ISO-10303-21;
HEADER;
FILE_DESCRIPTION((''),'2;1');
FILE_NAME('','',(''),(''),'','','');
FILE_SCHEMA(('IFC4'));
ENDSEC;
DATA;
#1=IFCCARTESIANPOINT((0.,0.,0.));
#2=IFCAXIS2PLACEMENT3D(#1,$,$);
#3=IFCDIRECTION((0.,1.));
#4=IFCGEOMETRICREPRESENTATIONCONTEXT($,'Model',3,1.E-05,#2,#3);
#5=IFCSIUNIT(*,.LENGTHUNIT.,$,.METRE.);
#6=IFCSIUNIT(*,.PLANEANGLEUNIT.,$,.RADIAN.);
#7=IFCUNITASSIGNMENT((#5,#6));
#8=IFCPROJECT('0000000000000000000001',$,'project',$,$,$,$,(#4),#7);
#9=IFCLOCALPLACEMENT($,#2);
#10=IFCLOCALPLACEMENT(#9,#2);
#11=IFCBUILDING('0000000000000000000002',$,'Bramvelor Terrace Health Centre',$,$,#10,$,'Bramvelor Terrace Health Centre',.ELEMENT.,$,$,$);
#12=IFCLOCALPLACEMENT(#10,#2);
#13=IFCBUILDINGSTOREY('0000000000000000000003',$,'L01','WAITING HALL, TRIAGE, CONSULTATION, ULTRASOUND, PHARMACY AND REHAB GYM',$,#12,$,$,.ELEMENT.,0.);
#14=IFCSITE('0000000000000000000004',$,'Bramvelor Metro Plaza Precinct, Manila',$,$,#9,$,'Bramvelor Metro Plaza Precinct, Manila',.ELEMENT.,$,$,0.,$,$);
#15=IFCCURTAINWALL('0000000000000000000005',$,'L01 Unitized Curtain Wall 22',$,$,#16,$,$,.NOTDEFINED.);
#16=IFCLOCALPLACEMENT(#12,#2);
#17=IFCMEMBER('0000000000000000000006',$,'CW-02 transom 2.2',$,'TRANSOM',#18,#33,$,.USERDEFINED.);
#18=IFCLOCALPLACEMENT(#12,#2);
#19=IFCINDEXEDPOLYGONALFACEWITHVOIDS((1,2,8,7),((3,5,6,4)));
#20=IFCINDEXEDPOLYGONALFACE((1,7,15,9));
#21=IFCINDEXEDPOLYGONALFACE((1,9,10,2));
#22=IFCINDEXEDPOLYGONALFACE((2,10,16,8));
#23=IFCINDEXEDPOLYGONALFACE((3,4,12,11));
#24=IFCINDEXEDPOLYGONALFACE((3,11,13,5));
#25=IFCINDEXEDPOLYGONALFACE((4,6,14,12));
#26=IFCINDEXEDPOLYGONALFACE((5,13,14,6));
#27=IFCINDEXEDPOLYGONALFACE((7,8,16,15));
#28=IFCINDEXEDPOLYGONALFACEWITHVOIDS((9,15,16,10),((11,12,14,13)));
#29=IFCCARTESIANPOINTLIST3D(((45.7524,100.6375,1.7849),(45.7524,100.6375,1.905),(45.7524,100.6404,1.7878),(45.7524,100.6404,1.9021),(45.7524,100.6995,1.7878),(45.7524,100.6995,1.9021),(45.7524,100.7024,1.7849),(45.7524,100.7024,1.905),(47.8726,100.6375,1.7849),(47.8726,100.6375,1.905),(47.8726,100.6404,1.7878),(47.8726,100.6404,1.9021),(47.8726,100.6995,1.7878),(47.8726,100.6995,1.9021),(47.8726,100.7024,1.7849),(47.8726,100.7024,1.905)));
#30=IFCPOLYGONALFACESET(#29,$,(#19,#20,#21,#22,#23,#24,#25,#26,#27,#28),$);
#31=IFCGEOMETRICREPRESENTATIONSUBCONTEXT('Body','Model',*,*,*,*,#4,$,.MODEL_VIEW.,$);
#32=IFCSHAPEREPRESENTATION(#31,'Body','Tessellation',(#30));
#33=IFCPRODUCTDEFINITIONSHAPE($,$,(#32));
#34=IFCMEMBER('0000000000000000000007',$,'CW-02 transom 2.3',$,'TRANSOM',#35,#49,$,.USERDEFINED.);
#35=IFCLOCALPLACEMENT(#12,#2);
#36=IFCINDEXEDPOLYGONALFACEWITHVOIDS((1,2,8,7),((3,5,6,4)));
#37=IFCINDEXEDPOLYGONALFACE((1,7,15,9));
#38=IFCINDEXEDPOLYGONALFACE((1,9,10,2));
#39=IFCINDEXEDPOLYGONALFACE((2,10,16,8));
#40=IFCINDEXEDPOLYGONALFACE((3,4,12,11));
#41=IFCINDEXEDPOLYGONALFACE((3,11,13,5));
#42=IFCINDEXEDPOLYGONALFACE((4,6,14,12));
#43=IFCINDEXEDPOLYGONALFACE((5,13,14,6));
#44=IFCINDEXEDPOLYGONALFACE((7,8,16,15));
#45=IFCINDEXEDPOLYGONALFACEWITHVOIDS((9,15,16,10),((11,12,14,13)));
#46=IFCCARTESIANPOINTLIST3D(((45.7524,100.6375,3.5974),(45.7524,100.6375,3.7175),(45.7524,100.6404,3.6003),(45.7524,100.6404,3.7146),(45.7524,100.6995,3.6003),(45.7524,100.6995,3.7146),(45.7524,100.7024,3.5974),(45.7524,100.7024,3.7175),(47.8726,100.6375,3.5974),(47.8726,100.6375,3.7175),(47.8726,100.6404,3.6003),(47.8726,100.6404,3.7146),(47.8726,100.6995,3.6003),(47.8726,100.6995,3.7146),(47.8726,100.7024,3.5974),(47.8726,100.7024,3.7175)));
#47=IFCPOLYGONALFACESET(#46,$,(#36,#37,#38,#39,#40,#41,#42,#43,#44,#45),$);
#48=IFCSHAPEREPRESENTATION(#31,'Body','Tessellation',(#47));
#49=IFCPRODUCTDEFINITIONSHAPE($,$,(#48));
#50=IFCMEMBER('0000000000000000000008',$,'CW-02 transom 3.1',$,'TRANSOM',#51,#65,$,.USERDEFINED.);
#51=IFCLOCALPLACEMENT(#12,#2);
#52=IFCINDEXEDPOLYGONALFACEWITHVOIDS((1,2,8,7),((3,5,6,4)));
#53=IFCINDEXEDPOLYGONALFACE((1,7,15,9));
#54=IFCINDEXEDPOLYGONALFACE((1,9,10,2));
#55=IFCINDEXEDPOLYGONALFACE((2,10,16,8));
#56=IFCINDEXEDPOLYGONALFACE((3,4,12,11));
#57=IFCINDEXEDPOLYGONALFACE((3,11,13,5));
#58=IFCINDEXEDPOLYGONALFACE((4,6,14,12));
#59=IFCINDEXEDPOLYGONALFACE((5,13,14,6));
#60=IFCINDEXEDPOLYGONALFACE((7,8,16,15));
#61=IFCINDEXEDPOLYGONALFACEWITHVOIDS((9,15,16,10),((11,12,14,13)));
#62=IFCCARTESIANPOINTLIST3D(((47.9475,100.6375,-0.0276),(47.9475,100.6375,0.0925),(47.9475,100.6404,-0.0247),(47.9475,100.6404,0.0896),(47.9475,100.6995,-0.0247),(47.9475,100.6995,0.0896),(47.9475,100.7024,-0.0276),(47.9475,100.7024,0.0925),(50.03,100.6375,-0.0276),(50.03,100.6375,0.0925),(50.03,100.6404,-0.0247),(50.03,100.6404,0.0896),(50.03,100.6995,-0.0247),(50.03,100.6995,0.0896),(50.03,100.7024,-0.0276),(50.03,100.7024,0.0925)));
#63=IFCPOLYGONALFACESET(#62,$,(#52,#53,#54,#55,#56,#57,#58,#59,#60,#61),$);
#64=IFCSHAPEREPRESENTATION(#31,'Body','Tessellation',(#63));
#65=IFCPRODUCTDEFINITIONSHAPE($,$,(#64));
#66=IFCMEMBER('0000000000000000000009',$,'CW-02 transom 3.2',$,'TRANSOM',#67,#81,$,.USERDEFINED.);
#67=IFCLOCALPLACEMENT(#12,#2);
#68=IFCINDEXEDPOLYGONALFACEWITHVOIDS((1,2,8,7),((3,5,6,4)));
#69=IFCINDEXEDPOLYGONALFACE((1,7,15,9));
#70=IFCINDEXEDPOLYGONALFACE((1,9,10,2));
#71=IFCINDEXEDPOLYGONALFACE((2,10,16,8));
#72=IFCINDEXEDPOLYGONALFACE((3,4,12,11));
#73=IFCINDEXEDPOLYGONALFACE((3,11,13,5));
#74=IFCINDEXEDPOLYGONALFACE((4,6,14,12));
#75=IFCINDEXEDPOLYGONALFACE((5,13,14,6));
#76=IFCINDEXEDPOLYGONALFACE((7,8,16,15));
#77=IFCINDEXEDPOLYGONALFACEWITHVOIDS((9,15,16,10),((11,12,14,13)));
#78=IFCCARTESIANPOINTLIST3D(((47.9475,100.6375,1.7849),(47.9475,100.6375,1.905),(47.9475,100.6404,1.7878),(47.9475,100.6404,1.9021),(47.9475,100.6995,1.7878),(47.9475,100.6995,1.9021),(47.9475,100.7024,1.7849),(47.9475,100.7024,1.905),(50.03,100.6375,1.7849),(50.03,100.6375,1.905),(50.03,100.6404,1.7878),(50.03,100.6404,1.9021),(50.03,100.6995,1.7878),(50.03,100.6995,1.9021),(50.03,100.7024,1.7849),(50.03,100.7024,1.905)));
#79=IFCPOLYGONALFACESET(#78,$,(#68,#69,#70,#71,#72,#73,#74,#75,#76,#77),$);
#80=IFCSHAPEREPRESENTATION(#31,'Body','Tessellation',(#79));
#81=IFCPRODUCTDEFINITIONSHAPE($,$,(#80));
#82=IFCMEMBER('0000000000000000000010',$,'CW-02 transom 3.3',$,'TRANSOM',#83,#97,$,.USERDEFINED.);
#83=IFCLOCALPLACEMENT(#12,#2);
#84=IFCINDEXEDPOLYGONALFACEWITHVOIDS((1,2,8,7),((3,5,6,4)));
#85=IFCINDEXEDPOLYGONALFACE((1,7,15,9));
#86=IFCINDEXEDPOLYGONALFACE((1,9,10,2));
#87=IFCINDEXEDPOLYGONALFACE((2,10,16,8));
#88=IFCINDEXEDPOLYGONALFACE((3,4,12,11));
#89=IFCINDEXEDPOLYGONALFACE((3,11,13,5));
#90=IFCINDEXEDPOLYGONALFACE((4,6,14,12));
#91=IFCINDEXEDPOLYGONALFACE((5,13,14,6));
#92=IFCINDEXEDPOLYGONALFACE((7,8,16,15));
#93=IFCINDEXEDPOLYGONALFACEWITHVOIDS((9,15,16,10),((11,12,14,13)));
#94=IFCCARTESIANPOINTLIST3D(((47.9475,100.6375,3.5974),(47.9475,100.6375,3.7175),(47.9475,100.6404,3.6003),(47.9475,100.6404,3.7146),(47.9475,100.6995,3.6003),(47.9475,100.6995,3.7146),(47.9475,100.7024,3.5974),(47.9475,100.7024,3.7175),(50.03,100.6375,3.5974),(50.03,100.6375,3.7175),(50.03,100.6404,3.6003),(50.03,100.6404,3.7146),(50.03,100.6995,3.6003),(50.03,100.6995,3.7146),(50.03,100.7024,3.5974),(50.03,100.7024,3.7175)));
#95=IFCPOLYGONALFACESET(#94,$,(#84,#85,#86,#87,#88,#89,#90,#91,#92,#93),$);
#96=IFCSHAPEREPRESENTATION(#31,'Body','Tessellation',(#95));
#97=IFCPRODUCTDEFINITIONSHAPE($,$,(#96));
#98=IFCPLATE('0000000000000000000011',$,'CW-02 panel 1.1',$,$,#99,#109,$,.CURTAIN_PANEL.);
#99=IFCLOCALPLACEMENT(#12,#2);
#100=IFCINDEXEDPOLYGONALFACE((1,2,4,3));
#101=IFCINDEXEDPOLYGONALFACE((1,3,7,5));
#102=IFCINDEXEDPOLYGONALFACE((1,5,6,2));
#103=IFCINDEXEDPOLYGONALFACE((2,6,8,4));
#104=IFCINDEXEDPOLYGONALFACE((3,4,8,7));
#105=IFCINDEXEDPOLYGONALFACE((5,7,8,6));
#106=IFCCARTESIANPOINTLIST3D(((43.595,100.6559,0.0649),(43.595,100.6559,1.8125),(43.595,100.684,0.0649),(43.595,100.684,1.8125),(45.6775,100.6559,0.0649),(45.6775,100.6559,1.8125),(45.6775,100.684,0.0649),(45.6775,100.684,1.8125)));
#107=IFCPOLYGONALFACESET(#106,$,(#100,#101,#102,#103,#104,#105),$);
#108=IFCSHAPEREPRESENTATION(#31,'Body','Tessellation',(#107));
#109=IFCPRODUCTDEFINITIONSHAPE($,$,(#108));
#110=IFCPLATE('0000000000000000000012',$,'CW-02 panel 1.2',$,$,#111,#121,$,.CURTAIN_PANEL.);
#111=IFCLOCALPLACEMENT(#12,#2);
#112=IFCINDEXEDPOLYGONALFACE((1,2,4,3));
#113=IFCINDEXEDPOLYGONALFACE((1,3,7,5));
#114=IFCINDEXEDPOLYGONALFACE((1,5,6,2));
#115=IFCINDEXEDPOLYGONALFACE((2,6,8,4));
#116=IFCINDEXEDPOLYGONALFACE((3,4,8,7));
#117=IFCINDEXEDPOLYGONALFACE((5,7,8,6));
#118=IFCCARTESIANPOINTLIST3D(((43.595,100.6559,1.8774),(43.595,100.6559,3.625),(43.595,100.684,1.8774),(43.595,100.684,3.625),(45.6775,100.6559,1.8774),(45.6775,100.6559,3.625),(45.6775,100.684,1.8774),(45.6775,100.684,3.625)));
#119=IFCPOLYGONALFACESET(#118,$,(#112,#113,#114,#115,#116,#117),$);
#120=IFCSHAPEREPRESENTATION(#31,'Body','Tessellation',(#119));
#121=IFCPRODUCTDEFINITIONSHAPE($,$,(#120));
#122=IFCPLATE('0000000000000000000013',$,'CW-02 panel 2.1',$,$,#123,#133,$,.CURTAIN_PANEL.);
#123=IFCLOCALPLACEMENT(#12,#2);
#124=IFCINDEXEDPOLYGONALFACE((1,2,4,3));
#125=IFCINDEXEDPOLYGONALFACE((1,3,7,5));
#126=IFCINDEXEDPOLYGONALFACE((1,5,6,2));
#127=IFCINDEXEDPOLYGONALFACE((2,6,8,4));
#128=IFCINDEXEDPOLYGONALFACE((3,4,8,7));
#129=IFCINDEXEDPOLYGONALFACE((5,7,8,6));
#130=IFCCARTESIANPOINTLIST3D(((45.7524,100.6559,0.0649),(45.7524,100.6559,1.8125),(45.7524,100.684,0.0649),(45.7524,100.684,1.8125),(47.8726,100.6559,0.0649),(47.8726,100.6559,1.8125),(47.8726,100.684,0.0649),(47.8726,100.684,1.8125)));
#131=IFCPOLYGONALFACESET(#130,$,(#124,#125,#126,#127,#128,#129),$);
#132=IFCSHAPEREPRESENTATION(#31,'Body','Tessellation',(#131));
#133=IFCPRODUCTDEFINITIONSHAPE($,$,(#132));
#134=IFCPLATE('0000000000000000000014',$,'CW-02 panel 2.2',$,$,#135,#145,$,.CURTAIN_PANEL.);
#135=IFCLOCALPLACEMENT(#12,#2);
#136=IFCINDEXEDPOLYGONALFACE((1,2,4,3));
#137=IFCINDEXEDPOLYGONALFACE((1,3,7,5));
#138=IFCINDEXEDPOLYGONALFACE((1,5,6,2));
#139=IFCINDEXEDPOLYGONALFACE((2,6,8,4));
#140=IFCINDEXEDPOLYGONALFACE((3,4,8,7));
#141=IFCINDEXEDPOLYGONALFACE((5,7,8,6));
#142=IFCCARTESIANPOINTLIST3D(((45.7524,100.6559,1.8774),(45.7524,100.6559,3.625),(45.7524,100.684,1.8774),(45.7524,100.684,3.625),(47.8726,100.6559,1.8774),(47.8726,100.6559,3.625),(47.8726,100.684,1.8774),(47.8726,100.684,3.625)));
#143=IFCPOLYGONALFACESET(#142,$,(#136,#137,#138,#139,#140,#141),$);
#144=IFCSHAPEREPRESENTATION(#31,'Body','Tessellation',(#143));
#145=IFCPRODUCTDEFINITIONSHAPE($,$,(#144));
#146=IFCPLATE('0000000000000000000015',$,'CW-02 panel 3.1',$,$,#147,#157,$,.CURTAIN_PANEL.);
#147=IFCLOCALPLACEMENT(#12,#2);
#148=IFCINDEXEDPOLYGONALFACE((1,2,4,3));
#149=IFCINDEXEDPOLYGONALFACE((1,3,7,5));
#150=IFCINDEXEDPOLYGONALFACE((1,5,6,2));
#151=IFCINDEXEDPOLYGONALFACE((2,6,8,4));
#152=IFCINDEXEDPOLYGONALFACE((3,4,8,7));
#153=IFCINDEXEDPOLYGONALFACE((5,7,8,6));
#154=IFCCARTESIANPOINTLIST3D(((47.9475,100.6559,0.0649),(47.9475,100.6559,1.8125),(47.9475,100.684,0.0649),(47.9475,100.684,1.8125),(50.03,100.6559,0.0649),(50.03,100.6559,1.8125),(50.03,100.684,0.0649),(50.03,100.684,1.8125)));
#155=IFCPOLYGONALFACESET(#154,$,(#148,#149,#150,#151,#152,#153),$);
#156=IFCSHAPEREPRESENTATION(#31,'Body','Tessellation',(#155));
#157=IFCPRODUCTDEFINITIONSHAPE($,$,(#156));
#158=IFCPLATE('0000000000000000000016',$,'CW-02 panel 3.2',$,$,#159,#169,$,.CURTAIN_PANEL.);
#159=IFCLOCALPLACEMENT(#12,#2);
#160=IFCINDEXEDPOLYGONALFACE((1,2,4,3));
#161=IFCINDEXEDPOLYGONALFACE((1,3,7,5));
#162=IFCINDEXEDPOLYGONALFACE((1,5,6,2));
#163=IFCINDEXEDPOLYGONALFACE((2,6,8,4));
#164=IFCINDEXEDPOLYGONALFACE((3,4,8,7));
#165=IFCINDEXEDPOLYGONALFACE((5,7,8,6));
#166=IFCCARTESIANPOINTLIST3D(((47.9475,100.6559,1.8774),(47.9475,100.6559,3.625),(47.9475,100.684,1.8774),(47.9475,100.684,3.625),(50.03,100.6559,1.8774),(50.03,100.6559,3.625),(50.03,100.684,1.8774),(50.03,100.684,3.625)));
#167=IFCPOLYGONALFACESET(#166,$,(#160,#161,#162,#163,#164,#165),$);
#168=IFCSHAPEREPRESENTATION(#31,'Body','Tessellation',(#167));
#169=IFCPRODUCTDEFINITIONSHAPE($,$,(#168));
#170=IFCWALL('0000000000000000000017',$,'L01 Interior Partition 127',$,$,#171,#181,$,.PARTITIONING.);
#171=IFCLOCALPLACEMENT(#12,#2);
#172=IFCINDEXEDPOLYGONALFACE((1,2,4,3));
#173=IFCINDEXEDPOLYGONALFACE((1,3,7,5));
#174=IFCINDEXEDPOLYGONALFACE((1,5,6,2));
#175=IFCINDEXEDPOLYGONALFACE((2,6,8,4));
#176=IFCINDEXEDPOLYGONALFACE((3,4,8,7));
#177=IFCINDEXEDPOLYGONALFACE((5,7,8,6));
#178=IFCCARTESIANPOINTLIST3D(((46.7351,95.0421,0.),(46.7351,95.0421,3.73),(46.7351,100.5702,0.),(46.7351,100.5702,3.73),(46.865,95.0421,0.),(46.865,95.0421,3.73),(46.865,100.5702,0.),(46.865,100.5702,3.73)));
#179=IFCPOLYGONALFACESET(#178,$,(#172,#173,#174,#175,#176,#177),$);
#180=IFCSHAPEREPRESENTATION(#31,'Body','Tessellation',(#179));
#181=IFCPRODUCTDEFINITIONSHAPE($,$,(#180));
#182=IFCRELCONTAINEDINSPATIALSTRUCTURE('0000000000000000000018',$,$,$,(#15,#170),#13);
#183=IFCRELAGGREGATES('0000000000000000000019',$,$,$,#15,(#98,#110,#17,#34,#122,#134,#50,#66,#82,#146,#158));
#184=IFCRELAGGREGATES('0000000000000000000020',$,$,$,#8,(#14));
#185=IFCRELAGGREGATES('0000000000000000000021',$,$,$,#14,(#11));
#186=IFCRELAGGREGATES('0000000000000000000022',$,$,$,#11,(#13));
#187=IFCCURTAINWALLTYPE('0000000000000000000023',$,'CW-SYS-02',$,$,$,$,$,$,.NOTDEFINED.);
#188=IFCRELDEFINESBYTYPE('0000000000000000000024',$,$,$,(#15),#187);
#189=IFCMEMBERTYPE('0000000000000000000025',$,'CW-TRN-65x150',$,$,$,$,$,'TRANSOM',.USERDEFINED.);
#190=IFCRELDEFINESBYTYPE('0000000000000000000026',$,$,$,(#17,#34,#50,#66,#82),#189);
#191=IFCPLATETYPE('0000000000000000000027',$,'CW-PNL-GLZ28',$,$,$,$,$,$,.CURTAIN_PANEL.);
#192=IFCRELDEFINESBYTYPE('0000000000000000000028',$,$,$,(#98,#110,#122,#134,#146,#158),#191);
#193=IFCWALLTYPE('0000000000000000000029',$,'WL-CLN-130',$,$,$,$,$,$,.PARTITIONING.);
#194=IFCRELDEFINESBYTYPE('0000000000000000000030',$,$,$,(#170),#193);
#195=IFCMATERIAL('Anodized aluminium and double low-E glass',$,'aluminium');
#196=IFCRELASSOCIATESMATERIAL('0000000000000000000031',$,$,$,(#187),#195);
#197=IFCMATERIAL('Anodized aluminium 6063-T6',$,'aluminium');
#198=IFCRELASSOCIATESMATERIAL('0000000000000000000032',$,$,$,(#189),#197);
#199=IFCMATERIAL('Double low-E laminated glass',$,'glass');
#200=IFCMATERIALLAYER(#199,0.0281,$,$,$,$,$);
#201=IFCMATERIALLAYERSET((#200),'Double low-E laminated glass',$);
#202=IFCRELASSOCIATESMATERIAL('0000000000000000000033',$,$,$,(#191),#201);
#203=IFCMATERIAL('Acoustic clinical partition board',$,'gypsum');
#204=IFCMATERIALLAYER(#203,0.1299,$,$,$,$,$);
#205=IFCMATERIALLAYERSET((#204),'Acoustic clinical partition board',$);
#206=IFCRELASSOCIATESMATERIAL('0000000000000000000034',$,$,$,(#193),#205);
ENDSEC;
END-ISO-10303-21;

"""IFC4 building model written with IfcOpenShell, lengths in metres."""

from ifc_helpers import new_model, si_unit, direction, frame, frame_2d, origin, origin_2d, place, context, subcontext, project, spatial, rectangle, hollow_rectangle, extrude, material, layer, layer_set, material_profile, profile_set, type_object, element, aggregate, save


model = new_model("IFC4")

# Units and contexts
model_context = context("Model", 3, precision=1e-05, world=origin(), true_north=direction((0.0, 1.0)))
body_context = subcontext(model_context, "Body", "Model", "MODEL_VIEW")
ifc_project = project(units=[si_unit("LENGTHUNIT", "METRE"), si_unit("PLANEANGLEUNIT", "RADIAN")], contexts=[model_context])

# Site, building, storey
site_placement = place(None, origin())
site = spatial("IfcSite", under=ifc_project, at=site_placement, Name="Bramvelor Metro Plaza Precinct, Manila", LongName="Bramvelor Metro Plaza Precinct, Manila", CompositionType="ELEMENT", RefElevation=0.0)
building_placement = place(site_placement, origin())
building = spatial("IfcBuilding", under=site, at=building_placement, Name="Bramvelor Terrace Health Centre", LongName="Bramvelor Terrace Health Centre", CompositionType="ELEMENT")
storey_placement = place(building_placement, origin())
storey = spatial("IfcBuildingStorey", under=building, at=storey_placement, Name="L01", Description="WAITING HALL, TRIAGE, CONSULTATION, ULTRASOUND, PHARMACY AND REHAB GYM", CompositionType="ELEMENT", Elevation=0.0)

# Curtain wall, members, plates
ifc_material_1 = material(Name="Anodized aluminium and double low-E glass", Category="aluminium")
curtain_wall_type = type_object("IfcCurtainWallType", Name="CW-SYS-02", PredefinedType="NOTDEFINED", material=ifc_material_1)
curtain_wall_placement = place(storey_placement, origin())
curtain_wall = element("IfcCurtainWall", 1, at=curtain_wall_placement, inside=storey, type_object=curtain_wall_type, Name="L01 Unitized Curtain Wall 22", PredefinedType="NOTDEFINED")
ifc_material_2 = material(Name="Anodized aluminium 6063-T6", Category="aluminium")
ifc_material_profile_1 = material_profile(ifc_material_2, hollow_rectangle(XDim=0.0649, YDim=0.1201, WallThickness=0.0029, at=origin_2d()), Name="ALU-TRN 65x120x3.0")
ifc_profile_set_1 = profile_set([ifc_material_profile_1], Name="Anodized aluminium 6063-T6")
member_type_1 = type_object("IfcMemberType", Name="CW-TRN-65x150", ElementType="TRANSOM", PredefinedType="USERDEFINED", material=ifc_profile_set_1)
member_1_placement = place(storey_placement, frame((45.7524, 100.6699, 1.845), z_axis=(1.0, 0.0, 0.0), x_axis=(0.0, 1.0, 0.0)))
member_1 = element("IfcMember", 2, at=member_1_placement, type_object=member_type_1, Name="CW-02 transom 2.2", ObjectType="TRANSOM", PredefinedType="USERDEFINED", context=body_context, shape_type="SweptSolid", body=[
    extrude(hollow_rectangle(XDim=0.0649, YDim=0.1201, WallThickness=0.0029, at=origin_2d()), origin(), (0.0, 0.0, 1.0), 2.1201),
])
member_2_placement = place(storey_placement, frame((45.7524, 100.6699, 3.6575), z_axis=(1.0, 0.0, 0.0), x_axis=(0.0, 1.0, 0.0)))
member_2 = element("IfcMember", 3, at=member_2_placement, type_object=member_type_1, Name="CW-02 transom 2.3", ObjectType="TRANSOM", PredefinedType="USERDEFINED", context=body_context, shape_type="SweptSolid", body=[
    extrude(hollow_rectangle(XDim=0.0649, YDim=0.1201, WallThickness=0.0029, at=origin_2d()), origin(), (0.0, 0.0, 1.0), 2.1201),
])
member_3_placement = place(storey_placement, frame((47.9475, 100.6699, 0.0325), z_axis=(1.0, 0.0, 0.0), x_axis=(0.0, 1.0, 0.0)))
member_3 = element("IfcMember", 4, at=member_3_placement, type_object=member_type_1, Name="CW-02 transom 3.1", ObjectType="TRANSOM", PredefinedType="USERDEFINED", context=body_context, shape_type="SweptSolid", body=[
    extrude(hollow_rectangle(XDim=0.0649, YDim=0.1201, WallThickness=0.0029, at=origin_2d()), origin(), (0.0, 0.0, 1.0), 2.0825),
])
member_4_placement = place(storey_placement, frame((47.9475, 100.6699, 1.845), z_axis=(1.0, 0.0, 0.0), x_axis=(0.0, 1.0, 0.0)))
member_4 = element("IfcMember", 5, at=member_4_placement, type_object=member_type_1, Name="CW-02 transom 3.2", ObjectType="TRANSOM", PredefinedType="USERDEFINED", context=body_context, shape_type="SweptSolid", body=[
    extrude(hollow_rectangle(XDim=0.0649, YDim=0.1201, WallThickness=0.0029, at=origin_2d()), origin(), (0.0, 0.0, 1.0), 2.0825),
])
member_5_placement = place(storey_placement, frame((47.9475, 100.6699, 3.6575), z_axis=(1.0, 0.0, 0.0), x_axis=(0.0, 1.0, 0.0)))
member_5 = element("IfcMember", 6, at=member_5_placement, type_object=member_type_1, Name="CW-02 transom 3.3", ObjectType="TRANSOM", PredefinedType="USERDEFINED", context=body_context, shape_type="SweptSolid", body=[
    extrude(hollow_rectangle(XDim=0.0649, YDim=0.1201, WallThickness=0.0029, at=origin_2d()), origin(), (0.0, 0.0, 1.0), 2.0825),
])
ifc_material_3 = material(Name="Double low-E laminated glass", Category="glass")
ifc_layer_1 = layer(ifc_material_3, 0.0281)
ifc_layer_set_1 = layer_set([ifc_layer_1], Name="Double low-E laminated glass")
plate_type = type_object("IfcPlateType", Name="CW-PNL-GLZ28", PredefinedType="CURTAIN_PANEL", material=ifc_layer_set_1)
plate_1_placement = place(storey_placement, frame((44.6362, 100.6699, 0.0649), z_axis=(0.0, 0.0, 1.0), x_axis=(1.0, 0.0, 0.0)))
plate_1 = element("IfcPlate", 7, at=plate_1_placement, type_object=plate_type, Name="CW-02 panel 1.1", PredefinedType="CURTAIN_PANEL", context=body_context, shape_type="SweptSolid", body=[
    extrude(rectangle(XDim=2.0825, YDim=0.0281, at=origin_2d()), origin(), (0.0, 0.0, 1.0), 1.7476),
])
plate_2_placement = place(storey_placement, frame((44.6362, 100.6699, 1.8774), z_axis=(0.0, 0.0, 1.0), x_axis=(1.0, 0.0, 0.0)))
plate_2 = element("IfcPlate", 8, at=plate_2_placement, type_object=plate_type, Name="CW-02 panel 1.2", PredefinedType="CURTAIN_PANEL", context=body_context, shape_type="SweptSolid", body=[
    extrude(rectangle(XDim=2.0825, YDim=0.0281, at=origin_2d()), origin(), (0.0, 0.0, 1.0), 1.7476),
])
plate_3_placement = place(storey_placement, frame((46.8125, 100.6699, 0.0649), z_axis=(0.0, 0.0, 1.0), x_axis=(1.0, 0.0, 0.0)))
plate_3 = element("IfcPlate", 9, at=plate_3_placement, type_object=plate_type, Name="CW-02 panel 2.1", PredefinedType="CURTAIN_PANEL", context=body_context, shape_type="SweptSolid", body=[
    extrude(rectangle(XDim=2.1201, YDim=0.0281, at=origin_2d()), origin(), (0.0, 0.0, 1.0), 1.7476),
])
plate_4_placement = place(storey_placement, frame((46.8125, 100.6699, 1.8774), z_axis=(0.0, 0.0, 1.0), x_axis=(1.0, 0.0, 0.0)))
plate_4 = element("IfcPlate", 10, at=plate_4_placement, type_object=plate_type, Name="CW-02 panel 2.2", PredefinedType="CURTAIN_PANEL", context=body_context, shape_type="SweptSolid", body=[
    extrude(rectangle(XDim=2.1201, YDim=0.0281, at=origin_2d()), origin(), (0.0, 0.0, 1.0), 1.7476),
])
plate_5_placement = place(storey_placement, frame((48.9888, 100.6699, 0.0649), z_axis=(0.0, 0.0, 1.0), x_axis=(1.0, 0.0, 0.0)))
plate_5 = element("IfcPlate", 11, at=plate_5_placement, type_object=plate_type, Name="CW-02 panel 3.1", PredefinedType="CURTAIN_PANEL", context=body_context, shape_type="SweptSolid", body=[
    extrude(rectangle(XDim=2.0825, YDim=0.0281, at=origin_2d()), origin(), (0.0, 0.0, 1.0), 1.7476),
])
plate_6_placement = place(storey_placement, frame((48.9888, 100.6699, 1.8774), z_axis=(0.0, 0.0, 1.0), x_axis=(1.0, 0.0, 0.0)))
plate_6 = element("IfcPlate", 12, at=plate_6_placement, type_object=plate_type, Name="CW-02 panel 3.2", PredefinedType="CURTAIN_PANEL", context=body_context, shape_type="SweptSolid", body=[
    extrude(rectangle(XDim=2.0825, YDim=0.0281, at=origin_2d()), origin(), (0.0, 0.0, 1.0), 1.7476),
])
aggregate(curtain_wall, [plate_1, plate_2, member_1, member_2, plate_3, plate_4, member_3, member_4, member_5, plate_5, plate_6])

# Wall
ifc_material_4 = material(Name="Acoustic clinical partition board", Category="gypsum")
ifc_layer_2 = layer(ifc_material_4, 0.1299)
ifc_layer_set_2 = layer_set([ifc_layer_2], Name="Acoustic clinical partition board")
wall_type = type_object("IfcWallType", Name="WL-CLN-130", PredefinedType="PARTITIONING", material=ifc_layer_set_2)
wall_placement = place(storey_placement, frame((46.8, 95.042, 0.0), z_axis=(0.0, 0.0, 1.0), x_axis=(0.0, 1.0, 0.0)))
element("IfcWall", 13, at=wall_placement, inside=storey, type_object=wall_type, Name="L01 Interior Partition 127", PredefinedType="PARTITIONING", context=body_context, shape_type="SweptSolid", body=[
    extrude(rectangle(XDim=5.5281, YDim=0.1299, at=frame_2d((2.7642, 0.0))), origin(), (0.0, 0.0, 1.0), 3.73),
])

save(model, "model.ifc")
